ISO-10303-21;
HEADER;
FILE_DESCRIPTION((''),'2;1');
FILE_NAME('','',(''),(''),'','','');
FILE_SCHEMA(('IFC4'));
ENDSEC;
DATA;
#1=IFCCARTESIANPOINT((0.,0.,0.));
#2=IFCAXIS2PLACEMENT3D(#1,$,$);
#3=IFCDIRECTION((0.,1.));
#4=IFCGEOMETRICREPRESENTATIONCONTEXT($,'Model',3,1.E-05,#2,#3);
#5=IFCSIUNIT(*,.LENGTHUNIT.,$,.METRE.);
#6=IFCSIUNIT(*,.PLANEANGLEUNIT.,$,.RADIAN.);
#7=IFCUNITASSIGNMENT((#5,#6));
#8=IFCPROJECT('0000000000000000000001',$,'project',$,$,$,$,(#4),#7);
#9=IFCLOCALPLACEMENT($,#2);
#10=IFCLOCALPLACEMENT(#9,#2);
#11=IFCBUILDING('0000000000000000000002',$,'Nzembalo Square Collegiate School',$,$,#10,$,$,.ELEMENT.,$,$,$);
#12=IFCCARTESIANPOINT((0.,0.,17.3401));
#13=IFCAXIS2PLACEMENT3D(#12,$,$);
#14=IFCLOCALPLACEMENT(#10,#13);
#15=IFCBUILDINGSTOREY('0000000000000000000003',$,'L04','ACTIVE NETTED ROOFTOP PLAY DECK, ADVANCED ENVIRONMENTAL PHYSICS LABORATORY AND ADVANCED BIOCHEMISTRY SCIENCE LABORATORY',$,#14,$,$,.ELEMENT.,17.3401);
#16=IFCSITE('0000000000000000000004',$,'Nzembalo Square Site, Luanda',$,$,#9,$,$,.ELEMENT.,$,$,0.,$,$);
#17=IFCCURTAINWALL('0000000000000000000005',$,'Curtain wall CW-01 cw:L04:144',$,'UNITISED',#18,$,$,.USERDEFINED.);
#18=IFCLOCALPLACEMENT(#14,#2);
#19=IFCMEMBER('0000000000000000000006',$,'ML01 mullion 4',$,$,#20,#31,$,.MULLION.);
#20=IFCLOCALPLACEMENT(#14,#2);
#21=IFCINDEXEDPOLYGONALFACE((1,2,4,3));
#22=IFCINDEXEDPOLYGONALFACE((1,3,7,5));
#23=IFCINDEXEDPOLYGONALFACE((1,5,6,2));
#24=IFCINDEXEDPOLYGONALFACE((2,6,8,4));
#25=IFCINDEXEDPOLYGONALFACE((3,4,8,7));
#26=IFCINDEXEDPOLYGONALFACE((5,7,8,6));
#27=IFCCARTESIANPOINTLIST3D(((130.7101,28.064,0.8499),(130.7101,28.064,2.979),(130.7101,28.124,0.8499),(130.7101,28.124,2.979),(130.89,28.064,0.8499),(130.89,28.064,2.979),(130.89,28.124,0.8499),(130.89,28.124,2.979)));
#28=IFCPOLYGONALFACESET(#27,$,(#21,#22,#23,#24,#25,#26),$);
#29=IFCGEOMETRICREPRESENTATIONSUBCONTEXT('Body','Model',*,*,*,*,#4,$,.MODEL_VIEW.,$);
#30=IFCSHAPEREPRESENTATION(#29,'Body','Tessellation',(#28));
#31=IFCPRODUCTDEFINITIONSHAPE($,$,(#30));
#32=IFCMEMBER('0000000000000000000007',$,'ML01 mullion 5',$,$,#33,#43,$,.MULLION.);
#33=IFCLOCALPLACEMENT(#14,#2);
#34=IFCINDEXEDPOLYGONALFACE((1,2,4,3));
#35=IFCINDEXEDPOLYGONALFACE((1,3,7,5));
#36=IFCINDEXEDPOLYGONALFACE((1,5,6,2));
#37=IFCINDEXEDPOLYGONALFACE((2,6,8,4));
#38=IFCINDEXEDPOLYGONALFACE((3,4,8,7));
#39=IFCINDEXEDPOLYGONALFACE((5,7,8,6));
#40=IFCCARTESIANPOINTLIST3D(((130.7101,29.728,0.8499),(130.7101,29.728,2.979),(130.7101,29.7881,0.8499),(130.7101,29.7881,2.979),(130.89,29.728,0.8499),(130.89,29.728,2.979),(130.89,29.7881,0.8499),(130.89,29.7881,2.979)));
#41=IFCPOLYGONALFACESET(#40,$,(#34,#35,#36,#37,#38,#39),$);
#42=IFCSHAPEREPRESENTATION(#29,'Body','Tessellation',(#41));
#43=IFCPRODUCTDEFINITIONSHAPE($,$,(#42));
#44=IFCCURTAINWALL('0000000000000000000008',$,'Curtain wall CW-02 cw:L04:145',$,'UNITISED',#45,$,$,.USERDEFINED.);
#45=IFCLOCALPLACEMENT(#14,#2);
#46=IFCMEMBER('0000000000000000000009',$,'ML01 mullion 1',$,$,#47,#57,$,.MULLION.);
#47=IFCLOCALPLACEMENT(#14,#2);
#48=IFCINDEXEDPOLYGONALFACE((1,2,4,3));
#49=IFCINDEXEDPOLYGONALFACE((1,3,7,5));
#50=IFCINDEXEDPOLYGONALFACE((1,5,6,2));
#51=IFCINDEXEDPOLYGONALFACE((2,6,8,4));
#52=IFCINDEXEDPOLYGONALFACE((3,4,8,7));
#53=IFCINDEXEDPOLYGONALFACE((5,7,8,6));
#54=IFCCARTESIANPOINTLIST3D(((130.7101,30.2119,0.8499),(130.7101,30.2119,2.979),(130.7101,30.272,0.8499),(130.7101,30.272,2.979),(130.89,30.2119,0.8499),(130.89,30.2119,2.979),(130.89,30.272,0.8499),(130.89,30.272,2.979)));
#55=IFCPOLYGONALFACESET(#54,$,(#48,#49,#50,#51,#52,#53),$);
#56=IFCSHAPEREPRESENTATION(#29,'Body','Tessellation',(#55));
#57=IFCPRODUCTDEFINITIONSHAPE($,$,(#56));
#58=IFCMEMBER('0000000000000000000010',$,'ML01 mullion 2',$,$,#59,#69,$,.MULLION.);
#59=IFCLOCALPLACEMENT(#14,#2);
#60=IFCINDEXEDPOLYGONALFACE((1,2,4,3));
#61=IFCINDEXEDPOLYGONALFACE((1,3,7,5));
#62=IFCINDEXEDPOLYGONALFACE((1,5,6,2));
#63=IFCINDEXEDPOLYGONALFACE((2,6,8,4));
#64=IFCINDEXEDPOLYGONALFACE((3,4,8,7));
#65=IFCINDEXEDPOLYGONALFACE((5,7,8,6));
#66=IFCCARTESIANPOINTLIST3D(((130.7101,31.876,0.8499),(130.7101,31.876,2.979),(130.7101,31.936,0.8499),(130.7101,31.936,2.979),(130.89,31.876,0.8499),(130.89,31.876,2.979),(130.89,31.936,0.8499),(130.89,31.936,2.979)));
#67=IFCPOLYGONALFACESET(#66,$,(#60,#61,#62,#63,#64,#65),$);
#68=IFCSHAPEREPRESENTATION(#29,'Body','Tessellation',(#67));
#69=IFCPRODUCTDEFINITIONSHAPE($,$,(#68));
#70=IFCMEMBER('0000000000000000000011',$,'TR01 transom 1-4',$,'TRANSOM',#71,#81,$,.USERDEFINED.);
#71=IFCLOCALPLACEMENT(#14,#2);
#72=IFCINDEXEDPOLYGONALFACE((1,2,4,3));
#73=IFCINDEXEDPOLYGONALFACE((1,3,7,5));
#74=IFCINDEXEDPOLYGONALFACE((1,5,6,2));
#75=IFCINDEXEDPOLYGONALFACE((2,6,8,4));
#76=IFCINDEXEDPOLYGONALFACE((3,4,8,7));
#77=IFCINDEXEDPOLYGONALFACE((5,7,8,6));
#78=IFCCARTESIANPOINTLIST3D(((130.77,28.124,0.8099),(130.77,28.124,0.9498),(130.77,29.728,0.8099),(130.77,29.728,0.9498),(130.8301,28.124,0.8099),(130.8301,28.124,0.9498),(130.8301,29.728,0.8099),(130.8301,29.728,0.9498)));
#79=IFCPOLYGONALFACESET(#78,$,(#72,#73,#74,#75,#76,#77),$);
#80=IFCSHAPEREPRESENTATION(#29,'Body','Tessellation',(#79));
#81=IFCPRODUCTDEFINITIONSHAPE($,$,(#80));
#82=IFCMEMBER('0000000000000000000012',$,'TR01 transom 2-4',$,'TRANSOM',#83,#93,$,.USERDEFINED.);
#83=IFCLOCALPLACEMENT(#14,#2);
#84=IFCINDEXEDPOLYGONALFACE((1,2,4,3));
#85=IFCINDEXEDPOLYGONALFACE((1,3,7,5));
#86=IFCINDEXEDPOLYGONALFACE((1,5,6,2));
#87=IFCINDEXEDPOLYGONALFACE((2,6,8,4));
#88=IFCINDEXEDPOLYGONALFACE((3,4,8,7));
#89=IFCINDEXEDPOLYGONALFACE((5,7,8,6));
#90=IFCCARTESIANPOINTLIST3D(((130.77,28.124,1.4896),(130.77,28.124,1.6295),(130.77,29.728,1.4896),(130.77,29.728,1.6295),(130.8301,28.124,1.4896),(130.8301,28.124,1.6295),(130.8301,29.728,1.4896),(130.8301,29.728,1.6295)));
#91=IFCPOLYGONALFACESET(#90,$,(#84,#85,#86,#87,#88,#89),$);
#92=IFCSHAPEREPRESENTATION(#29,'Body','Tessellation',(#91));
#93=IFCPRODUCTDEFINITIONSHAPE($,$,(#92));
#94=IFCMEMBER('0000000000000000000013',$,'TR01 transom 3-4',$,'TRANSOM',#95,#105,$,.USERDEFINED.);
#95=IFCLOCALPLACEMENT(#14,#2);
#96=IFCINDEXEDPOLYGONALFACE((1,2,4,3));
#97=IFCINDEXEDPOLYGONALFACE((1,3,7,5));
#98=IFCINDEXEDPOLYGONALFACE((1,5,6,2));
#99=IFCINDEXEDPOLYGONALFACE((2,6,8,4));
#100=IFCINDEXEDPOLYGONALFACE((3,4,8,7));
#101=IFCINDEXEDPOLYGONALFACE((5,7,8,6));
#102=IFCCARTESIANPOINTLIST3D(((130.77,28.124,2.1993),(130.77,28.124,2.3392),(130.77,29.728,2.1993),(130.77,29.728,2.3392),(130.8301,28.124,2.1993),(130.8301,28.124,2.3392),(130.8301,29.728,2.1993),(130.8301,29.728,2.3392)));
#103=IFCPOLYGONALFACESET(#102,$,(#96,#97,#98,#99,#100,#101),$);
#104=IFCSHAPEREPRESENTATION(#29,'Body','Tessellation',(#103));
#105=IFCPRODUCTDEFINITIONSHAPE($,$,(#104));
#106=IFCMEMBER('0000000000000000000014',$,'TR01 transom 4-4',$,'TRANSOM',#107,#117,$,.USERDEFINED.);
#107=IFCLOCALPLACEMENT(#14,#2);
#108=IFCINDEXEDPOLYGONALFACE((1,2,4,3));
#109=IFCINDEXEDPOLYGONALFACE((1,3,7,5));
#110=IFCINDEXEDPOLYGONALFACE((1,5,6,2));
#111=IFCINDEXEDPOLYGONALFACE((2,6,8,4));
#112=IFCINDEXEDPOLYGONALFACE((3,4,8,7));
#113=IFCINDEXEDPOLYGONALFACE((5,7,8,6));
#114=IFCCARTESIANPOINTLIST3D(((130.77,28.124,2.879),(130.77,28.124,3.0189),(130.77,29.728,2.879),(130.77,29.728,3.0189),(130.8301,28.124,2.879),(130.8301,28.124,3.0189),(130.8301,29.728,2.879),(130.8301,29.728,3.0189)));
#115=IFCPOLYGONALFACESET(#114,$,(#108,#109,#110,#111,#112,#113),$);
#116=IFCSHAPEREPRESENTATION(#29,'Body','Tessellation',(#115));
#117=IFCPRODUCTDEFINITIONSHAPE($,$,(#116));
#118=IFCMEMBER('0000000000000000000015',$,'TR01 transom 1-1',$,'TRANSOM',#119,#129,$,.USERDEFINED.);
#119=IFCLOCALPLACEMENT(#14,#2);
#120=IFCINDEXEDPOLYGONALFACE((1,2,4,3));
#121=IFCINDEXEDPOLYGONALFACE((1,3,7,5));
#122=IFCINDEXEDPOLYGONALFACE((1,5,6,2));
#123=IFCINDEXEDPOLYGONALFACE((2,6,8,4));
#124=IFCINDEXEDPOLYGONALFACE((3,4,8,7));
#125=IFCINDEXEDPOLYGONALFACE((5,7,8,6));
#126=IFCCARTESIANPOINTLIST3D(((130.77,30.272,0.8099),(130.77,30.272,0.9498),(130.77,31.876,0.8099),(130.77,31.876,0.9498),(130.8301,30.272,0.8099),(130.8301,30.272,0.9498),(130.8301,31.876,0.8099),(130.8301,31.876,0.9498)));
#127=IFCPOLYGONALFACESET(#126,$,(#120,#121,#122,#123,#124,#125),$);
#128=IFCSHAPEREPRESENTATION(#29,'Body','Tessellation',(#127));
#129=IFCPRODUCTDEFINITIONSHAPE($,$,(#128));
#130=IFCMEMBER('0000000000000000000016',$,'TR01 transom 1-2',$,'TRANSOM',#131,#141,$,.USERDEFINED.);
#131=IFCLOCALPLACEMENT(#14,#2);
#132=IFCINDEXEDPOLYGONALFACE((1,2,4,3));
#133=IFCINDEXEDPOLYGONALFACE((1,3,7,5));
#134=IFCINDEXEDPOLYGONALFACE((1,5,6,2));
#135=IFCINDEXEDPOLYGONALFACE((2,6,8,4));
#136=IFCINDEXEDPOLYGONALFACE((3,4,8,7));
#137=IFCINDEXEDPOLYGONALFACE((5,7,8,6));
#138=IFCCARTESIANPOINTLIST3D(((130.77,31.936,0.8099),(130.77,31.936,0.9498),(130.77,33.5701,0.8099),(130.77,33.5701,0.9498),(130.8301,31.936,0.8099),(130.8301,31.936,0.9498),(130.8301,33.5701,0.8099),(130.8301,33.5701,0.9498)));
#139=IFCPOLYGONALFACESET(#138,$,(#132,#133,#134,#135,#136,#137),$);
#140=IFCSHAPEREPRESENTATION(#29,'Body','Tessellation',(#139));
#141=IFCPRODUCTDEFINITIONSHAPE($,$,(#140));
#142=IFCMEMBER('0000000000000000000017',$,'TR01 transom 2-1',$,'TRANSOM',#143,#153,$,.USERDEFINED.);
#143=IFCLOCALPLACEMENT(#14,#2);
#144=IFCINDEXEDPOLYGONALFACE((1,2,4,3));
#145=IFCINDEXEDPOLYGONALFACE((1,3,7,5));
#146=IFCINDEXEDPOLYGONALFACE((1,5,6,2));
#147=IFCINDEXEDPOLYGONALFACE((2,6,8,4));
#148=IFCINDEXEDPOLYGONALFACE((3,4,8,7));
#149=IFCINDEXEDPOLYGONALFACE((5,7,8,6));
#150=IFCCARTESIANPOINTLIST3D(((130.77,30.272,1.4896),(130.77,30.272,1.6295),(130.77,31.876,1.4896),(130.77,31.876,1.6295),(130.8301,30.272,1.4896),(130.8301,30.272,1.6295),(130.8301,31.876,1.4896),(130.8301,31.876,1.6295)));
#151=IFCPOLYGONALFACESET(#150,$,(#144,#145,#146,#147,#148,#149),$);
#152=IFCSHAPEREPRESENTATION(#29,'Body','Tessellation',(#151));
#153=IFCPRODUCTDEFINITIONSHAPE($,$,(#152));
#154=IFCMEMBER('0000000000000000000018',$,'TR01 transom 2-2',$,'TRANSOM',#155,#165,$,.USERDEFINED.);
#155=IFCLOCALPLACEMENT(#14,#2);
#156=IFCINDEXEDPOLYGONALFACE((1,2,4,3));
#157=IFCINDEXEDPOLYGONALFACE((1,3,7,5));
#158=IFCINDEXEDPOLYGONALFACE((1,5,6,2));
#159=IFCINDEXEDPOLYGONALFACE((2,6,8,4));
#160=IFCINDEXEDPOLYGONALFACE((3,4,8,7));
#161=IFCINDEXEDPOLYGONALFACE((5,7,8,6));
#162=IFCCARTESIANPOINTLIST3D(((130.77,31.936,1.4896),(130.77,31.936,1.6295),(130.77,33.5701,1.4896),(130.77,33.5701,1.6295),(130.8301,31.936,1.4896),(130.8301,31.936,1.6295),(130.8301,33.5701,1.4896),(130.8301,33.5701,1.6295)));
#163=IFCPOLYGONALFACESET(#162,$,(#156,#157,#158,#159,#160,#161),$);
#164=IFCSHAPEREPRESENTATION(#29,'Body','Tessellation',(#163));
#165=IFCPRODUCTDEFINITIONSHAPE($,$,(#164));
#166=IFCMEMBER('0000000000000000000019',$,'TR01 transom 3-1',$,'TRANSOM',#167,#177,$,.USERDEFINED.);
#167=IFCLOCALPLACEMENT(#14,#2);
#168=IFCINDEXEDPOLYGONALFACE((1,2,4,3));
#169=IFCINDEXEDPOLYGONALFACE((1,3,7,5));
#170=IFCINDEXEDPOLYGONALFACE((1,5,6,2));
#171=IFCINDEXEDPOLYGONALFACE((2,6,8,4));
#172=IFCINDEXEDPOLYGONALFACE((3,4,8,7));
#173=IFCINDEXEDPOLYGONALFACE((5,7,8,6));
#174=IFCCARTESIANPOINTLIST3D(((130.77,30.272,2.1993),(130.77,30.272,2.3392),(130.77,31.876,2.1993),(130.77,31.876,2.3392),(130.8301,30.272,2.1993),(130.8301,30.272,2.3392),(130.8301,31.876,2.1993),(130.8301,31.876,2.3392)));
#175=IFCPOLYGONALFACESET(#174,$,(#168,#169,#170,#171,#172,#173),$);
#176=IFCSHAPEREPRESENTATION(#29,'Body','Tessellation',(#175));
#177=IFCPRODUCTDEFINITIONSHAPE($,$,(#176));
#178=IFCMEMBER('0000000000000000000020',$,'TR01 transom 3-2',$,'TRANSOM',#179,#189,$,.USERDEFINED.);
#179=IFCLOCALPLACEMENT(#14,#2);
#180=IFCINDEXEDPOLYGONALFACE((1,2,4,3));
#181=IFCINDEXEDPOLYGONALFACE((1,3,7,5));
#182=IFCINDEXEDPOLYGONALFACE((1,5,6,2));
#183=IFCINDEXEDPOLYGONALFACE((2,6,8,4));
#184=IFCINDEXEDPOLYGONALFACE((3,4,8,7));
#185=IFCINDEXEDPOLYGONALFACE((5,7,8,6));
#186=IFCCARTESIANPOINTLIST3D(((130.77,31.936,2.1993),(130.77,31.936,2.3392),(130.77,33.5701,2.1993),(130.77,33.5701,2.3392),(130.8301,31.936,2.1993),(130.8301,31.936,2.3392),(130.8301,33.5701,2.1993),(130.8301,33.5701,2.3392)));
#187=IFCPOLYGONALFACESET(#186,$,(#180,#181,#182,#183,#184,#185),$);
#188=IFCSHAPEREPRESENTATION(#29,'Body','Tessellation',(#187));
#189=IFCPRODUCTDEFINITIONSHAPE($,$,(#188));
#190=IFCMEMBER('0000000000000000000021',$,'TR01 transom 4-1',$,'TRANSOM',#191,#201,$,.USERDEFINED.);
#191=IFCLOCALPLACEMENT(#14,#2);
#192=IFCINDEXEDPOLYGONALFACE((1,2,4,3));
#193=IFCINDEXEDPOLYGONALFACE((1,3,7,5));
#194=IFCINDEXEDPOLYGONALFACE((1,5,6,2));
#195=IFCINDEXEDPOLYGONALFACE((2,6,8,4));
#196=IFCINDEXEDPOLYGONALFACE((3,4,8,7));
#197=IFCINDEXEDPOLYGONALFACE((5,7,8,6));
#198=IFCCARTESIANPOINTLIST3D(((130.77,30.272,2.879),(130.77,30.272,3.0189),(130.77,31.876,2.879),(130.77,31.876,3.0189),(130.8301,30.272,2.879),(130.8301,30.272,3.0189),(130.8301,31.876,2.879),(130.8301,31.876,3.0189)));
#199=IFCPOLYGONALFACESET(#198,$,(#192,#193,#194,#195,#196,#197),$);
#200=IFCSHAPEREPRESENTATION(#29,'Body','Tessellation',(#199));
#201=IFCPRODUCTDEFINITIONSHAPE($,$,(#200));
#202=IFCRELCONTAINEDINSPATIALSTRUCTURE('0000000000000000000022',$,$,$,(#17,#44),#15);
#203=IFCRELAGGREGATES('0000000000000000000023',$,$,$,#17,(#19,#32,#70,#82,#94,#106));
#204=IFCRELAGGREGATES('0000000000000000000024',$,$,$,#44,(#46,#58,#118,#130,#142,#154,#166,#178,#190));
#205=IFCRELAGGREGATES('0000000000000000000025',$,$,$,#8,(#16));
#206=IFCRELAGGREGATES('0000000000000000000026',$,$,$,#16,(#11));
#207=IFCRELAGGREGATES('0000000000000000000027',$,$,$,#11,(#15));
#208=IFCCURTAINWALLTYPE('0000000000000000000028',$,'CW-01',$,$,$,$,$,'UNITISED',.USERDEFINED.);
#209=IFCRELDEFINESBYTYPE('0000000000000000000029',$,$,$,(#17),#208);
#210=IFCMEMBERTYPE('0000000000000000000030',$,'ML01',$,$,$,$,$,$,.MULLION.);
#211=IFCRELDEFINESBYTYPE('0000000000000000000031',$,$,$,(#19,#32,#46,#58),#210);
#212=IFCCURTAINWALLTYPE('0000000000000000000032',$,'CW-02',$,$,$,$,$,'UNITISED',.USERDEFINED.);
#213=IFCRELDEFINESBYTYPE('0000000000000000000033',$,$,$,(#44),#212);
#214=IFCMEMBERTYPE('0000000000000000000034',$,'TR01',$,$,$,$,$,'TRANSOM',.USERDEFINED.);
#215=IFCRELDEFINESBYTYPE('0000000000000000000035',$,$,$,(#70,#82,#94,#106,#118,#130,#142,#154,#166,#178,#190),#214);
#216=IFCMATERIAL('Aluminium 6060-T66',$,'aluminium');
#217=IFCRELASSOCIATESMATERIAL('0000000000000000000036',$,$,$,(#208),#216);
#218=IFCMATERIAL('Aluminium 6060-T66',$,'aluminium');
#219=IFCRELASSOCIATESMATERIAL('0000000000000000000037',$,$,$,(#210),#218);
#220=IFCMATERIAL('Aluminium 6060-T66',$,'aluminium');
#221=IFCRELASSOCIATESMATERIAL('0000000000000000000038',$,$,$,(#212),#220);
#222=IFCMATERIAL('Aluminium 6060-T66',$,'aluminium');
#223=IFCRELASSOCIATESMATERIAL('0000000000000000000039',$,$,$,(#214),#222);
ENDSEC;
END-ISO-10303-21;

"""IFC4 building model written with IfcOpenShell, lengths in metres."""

from ifc_helpers import new_model, si_unit, direction, frame, origin, origin_2d, place, context, subcontext, project, spatial, rectangle, extrude, material, material_profile, profile_set, type_object, element, aggregate, save


model = new_model("IFC4")

# Units and contexts
model_context = context("Model", 3, precision=1e-05, world=origin(), true_north=direction((0.0, 1.0)))
body_context = subcontext(model_context, "Body", "Model", "MODEL_VIEW")
ifc_project = project(units=[si_unit("LENGTHUNIT", "METRE"), si_unit("PLANEANGLEUNIT", "RADIAN")], contexts=[model_context])

# Site, building, storey
site_placement = place(None, origin())
site = spatial("IfcSite", under=ifc_project, at=site_placement, Name="Nzembalo Square Site, Luanda", CompositionType="ELEMENT", RefElevation=0.0)
building_placement = place(site_placement, origin())
building = spatial("IfcBuilding", under=site, at=building_placement, Name="Nzembalo Square Collegiate School", CompositionType="ELEMENT")
storey_placement = place(building_placement, frame((0.0, 0.0, 17.3401)))
storey = spatial("IfcBuildingStorey", under=building, at=storey_placement, Name="L04", Description="ACTIVE NETTED ROOFTOP PLAY DECK, ADVANCED ENVIRONMENTAL PHYSICS LABORATORY AND ADVANCED BIOCHEMISTRY SCIENCE LABORATORY", CompositionType="ELEMENT", Elevation=17.3401)

# Curtain walls, members
ifc_material_1 = material(Name="Aluminium 6060-T66", Category="aluminium")
curtain_wall_type_1 = type_object("IfcCurtainWallType", Name="CW-01", ElementType="UNITISED", PredefinedType="USERDEFINED", material=ifc_material_1)
curtain_wall_1_placement = place(storey_placement, origin())
curtain_wall_1 = element("IfcCurtainWall", 1, at=curtain_wall_1_placement, inside=storey, type_object=curtain_wall_type_1, Name="Curtain wall CW-01 cw:L04:144", ObjectType="UNITISED", PredefinedType="USERDEFINED")
ifc_material_2 = material(Name="Aluminium 6060-T66", Category="aluminium")
ifc_material_profile_1 = material_profile(ifc_material_2, rectangle(XDim=0.0601, YDim=0.1799, at=origin_2d()), Name="ALU M60x180")
ifc_profile_set_1 = profile_set([ifc_material_profile_1], Name="Aluminium 6060-T66")
member_type_1 = type_object("IfcMemberType", Name="ML01", PredefinedType="MULLION", material=ifc_profile_set_1)
member_1_placement = place(storey_placement, frame((130.8, 28.094, 0.8499), z_axis=(0.0, 0.0, 1.0), x_axis=(0.0, 1.0, 0.0)))
member_1 = element("IfcMember", 2, at=member_1_placement, type_object=member_type_1, Name="ML01 mullion 4", PredefinedType="MULLION", context=body_context, shape_type="SweptSolid", body=[
    extrude(rectangle(XDim=0.0601, YDim=0.1799, at=origin_2d()), origin(), (0.0, 0.0, 1.0), 2.1292),
])
member_2_placement = place(storey_placement, frame((130.8, 29.7581, 0.8499), z_axis=(0.0, 0.0, 1.0), x_axis=(0.0, 1.0, 0.0)))
member_2 = element("IfcMember", 3, at=member_2_placement, type_object=member_type_1, Name="ML01 mullion 5", PredefinedType="MULLION", context=body_context, shape_type="SweptSolid", body=[
    extrude(rectangle(XDim=0.0601, YDim=0.1799, at=origin_2d()), origin(), (0.0, 0.0, 1.0), 2.1292),
])
ifc_material_3 = material(Name="Aluminium 6060-T66", Category="aluminium")
curtain_wall_type_2 = type_object("IfcCurtainWallType", Name="CW-02", ElementType="UNITISED", PredefinedType="USERDEFINED", material=ifc_material_3)
curtain_wall_2_placement = place(storey_placement, origin())
curtain_wall_2 = element("IfcCurtainWall", 4, at=curtain_wall_2_placement, inside=storey, type_object=curtain_wall_type_2, Name="Curtain wall CW-02 cw:L04:145", ObjectType="UNITISED", PredefinedType="USERDEFINED")
member_3_placement = place(storey_placement, frame((130.8, 30.2419, 0.8499), z_axis=(0.0, 0.0, 1.0), x_axis=(0.0, 1.0, 0.0)))
member_3 = element("IfcMember", 5, at=member_3_placement, type_object=member_type_1, Name="ML01 mullion 1", PredefinedType="MULLION", context=body_context, shape_type="SweptSolid", body=[
    extrude(rectangle(XDim=0.0601, YDim=0.1799, at=origin_2d()), origin(), (0.0, 0.0, 1.0), 2.1292),
])
member_4_placement = place(storey_placement, frame((130.8, 31.906, 0.8499), z_axis=(0.0, 0.0, 1.0), x_axis=(0.0, 1.0, 0.0)))
member_4 = element("IfcMember", 6, at=member_4_placement, type_object=member_type_1, Name="ML01 mullion 2", PredefinedType="MULLION", context=body_context, shape_type="SweptSolid", body=[
    extrude(rectangle(XDim=0.0601, YDim=0.1799, at=origin_2d()), origin(), (0.0, 0.0, 1.0), 2.1292),
])

# Members
ifc_material_4 = material(Name="Aluminium 6060-T66", Category="aluminium")
ifc_material_profile_2 = material_profile(ifc_material_4, rectangle(XDim=0.0601, YDim=0.1399, at=origin_2d()), Name="ALU T60x140")
ifc_profile_set_2 = profile_set([ifc_material_profile_2], Name="Aluminium 6060-T66")
member_type_2 = type_object("IfcMemberType", Name="TR01", ElementType="TRANSOM", PredefinedType="USERDEFINED", material=ifc_profile_set_2)
member_5_placement = place(storey_placement, frame((130.8, 28.124, 0.8799), z_axis=(0.0, 1.0, 0.0), x_axis=(-1.0, 0.0, 0.0)))
member_5 = element("IfcMember", 7, at=member_5_placement, type_object=member_type_2, Name="TR01 transom 1-4", ObjectType="TRANSOM", PredefinedType="USERDEFINED", context=body_context, shape_type="SweptSolid", body=[
    extrude(rectangle(XDim=0.0601, YDim=0.1399, at=origin_2d()), origin(), (0.0, 0.0, 1.0), 1.604),
])
member_6_placement = place(storey_placement, frame((130.8, 28.124, 1.5596), z_axis=(0.0, 1.0, 0.0), x_axis=(-1.0, 0.0, 0.0)))
member_6 = element("IfcMember", 8, at=member_6_placement, type_object=member_type_2, Name="TR01 transom 2-4", ObjectType="TRANSOM", PredefinedType="USERDEFINED", context=body_context, shape_type="SweptSolid", body=[
    extrude(rectangle(XDim=0.0601, YDim=0.1399, at=origin_2d()), origin(), (0.0, 0.0, 1.0), 1.604),
])
member_7_placement = place(storey_placement, frame((130.8, 28.124, 2.2693), z_axis=(0.0, 1.0, 0.0), x_axis=(-1.0, 0.0, 0.0)))
member_7 = element("IfcMember", 9, at=member_7_placement, type_object=member_type_2, Name="TR01 transom 3-4", ObjectType="TRANSOM", PredefinedType="USERDEFINED", context=body_context, shape_type="SweptSolid", body=[
    extrude(rectangle(XDim=0.0601, YDim=0.1399, at=origin_2d()), origin(), (0.0, 0.0, 1.0), 1.604),
])
member_8_placement = place(storey_placement, frame((130.8, 28.124, 2.949), z_axis=(0.0, 1.0, 0.0), x_axis=(-1.0, 0.0, 0.0)))
member_8 = element("IfcMember", 10, at=member_8_placement, type_object=member_type_2, Name="TR01 transom 4-4", ObjectType="TRANSOM", PredefinedType="USERDEFINED", context=body_context, shape_type="SweptSolid", body=[
    extrude(rectangle(XDim=0.0601, YDim=0.1399, at=origin_2d()), origin(), (0.0, 0.0, 1.0), 1.604),
])
member_9_placement = place(storey_placement, frame((130.8, 30.272, 0.8799), z_axis=(0.0, 1.0, 0.0), x_axis=(-1.0, 0.0, 0.0)))
member_9 = element("IfcMember", 11, at=member_9_placement, type_object=member_type_2, Name="TR01 transom 1-1", ObjectType="TRANSOM", PredefinedType="USERDEFINED", context=body_context, shape_type="SweptSolid", body=[
    extrude(rectangle(XDim=0.0601, YDim=0.1399, at=origin_2d()), origin(), (0.0, 0.0, 1.0), 1.604),
])
member_10_placement = place(storey_placement, frame((130.8, 31.936, 0.8799), z_axis=(0.0, 1.0, 0.0), x_axis=(-1.0, 0.0, 0.0)))
member_10 = element("IfcMember", 12, at=member_10_placement, type_object=member_type_2, Name="TR01 transom 1-2", ObjectType="TRANSOM", PredefinedType="USERDEFINED", context=body_context, shape_type="SweptSolid", body=[
    extrude(rectangle(XDim=0.0601, YDim=0.1399, at=origin_2d()), origin(), (0.0, 0.0, 1.0), 1.634),
])
member_11_placement = place(storey_placement, frame((130.8, 30.272, 1.5596), z_axis=(0.0, 1.0, 0.0), x_axis=(-1.0, 0.0, 0.0)))
member_11 = element("IfcMember", 13, at=member_11_placement, type_object=member_type_2, Name="TR01 transom 2-1", ObjectType="TRANSOM", PredefinedType="USERDEFINED", context=body_context, shape_type="SweptSolid", body=[
    extrude(rectangle(XDim=0.0601, YDim=0.1399, at=origin_2d()), origin(), (0.0, 0.0, 1.0), 1.604),
])
member_12_placement = place(storey_placement, frame((130.8, 31.936, 1.5596), z_axis=(0.0, 1.0, 0.0), x_axis=(-1.0, 0.0, 0.0)))
member_12 = element("IfcMember", 14, at=member_12_placement, type_object=member_type_2, Name="TR01 transom 2-2", ObjectType="TRANSOM", PredefinedType="USERDEFINED", context=body_context, shape_type="SweptSolid", body=[
    extrude(rectangle(XDim=0.0601, YDim=0.1399, at=origin_2d()), origin(), (0.0, 0.0, 1.0), 1.634),
])
member_13_placement = place(storey_placement, frame((130.8, 30.272, 2.2693), z_axis=(0.0, 1.0, 0.0), x_axis=(-1.0, 0.0, 0.0)))
member_13 = element("IfcMember", 15, at=member_13_placement, type_object=member_type_2, Name="TR01 transom 3-1", ObjectType="TRANSOM", PredefinedType="USERDEFINED", context=body_context, shape_type="SweptSolid", body=[
    extrude(rectangle(XDim=0.0601, YDim=0.1399, at=origin_2d()), origin(), (0.0, 0.0, 1.0), 1.604),
])
member_14_placement = place(storey_placement, frame((130.8, 31.936, 2.2693), z_axis=(0.0, 1.0, 0.0), x_axis=(-1.0, 0.0, 0.0)))
member_14 = element("IfcMember", 16, at=member_14_placement, type_object=member_type_2, Name="TR01 transom 3-2", ObjectType="TRANSOM", PredefinedType="USERDEFINED", context=body_context, shape_type="SweptSolid", body=[
    extrude(rectangle(XDim=0.0601, YDim=0.1399, at=origin_2d()), origin(), (0.0, 0.0, 1.0), 1.634),
])
member_15_placement = place(storey_placement, frame((130.8, 30.272, 2.949), z_axis=(0.0, 1.0, 0.0), x_axis=(-1.0, 0.0, 0.0)))
member_15 = element("IfcMember", 17, at=member_15_placement, type_object=member_type_2, Name="TR01 transom 4-1", ObjectType="TRANSOM", PredefinedType="USERDEFINED", context=body_context, shape_type="SweptSolid", body=[
    extrude(rectangle(XDim=0.0601, YDim=0.1399, at=origin_2d()), origin(), (0.0, 0.0, 1.0), 1.604),
])

aggregate(curtain_wall_1, [member_1, member_2, member_5, member_6, member_7, member_8])
aggregate(curtain_wall_2, [member_3, member_4, member_9, member_10, member_11, member_12, member_13, member_14, member_15])

save(model, "model.ifc")
